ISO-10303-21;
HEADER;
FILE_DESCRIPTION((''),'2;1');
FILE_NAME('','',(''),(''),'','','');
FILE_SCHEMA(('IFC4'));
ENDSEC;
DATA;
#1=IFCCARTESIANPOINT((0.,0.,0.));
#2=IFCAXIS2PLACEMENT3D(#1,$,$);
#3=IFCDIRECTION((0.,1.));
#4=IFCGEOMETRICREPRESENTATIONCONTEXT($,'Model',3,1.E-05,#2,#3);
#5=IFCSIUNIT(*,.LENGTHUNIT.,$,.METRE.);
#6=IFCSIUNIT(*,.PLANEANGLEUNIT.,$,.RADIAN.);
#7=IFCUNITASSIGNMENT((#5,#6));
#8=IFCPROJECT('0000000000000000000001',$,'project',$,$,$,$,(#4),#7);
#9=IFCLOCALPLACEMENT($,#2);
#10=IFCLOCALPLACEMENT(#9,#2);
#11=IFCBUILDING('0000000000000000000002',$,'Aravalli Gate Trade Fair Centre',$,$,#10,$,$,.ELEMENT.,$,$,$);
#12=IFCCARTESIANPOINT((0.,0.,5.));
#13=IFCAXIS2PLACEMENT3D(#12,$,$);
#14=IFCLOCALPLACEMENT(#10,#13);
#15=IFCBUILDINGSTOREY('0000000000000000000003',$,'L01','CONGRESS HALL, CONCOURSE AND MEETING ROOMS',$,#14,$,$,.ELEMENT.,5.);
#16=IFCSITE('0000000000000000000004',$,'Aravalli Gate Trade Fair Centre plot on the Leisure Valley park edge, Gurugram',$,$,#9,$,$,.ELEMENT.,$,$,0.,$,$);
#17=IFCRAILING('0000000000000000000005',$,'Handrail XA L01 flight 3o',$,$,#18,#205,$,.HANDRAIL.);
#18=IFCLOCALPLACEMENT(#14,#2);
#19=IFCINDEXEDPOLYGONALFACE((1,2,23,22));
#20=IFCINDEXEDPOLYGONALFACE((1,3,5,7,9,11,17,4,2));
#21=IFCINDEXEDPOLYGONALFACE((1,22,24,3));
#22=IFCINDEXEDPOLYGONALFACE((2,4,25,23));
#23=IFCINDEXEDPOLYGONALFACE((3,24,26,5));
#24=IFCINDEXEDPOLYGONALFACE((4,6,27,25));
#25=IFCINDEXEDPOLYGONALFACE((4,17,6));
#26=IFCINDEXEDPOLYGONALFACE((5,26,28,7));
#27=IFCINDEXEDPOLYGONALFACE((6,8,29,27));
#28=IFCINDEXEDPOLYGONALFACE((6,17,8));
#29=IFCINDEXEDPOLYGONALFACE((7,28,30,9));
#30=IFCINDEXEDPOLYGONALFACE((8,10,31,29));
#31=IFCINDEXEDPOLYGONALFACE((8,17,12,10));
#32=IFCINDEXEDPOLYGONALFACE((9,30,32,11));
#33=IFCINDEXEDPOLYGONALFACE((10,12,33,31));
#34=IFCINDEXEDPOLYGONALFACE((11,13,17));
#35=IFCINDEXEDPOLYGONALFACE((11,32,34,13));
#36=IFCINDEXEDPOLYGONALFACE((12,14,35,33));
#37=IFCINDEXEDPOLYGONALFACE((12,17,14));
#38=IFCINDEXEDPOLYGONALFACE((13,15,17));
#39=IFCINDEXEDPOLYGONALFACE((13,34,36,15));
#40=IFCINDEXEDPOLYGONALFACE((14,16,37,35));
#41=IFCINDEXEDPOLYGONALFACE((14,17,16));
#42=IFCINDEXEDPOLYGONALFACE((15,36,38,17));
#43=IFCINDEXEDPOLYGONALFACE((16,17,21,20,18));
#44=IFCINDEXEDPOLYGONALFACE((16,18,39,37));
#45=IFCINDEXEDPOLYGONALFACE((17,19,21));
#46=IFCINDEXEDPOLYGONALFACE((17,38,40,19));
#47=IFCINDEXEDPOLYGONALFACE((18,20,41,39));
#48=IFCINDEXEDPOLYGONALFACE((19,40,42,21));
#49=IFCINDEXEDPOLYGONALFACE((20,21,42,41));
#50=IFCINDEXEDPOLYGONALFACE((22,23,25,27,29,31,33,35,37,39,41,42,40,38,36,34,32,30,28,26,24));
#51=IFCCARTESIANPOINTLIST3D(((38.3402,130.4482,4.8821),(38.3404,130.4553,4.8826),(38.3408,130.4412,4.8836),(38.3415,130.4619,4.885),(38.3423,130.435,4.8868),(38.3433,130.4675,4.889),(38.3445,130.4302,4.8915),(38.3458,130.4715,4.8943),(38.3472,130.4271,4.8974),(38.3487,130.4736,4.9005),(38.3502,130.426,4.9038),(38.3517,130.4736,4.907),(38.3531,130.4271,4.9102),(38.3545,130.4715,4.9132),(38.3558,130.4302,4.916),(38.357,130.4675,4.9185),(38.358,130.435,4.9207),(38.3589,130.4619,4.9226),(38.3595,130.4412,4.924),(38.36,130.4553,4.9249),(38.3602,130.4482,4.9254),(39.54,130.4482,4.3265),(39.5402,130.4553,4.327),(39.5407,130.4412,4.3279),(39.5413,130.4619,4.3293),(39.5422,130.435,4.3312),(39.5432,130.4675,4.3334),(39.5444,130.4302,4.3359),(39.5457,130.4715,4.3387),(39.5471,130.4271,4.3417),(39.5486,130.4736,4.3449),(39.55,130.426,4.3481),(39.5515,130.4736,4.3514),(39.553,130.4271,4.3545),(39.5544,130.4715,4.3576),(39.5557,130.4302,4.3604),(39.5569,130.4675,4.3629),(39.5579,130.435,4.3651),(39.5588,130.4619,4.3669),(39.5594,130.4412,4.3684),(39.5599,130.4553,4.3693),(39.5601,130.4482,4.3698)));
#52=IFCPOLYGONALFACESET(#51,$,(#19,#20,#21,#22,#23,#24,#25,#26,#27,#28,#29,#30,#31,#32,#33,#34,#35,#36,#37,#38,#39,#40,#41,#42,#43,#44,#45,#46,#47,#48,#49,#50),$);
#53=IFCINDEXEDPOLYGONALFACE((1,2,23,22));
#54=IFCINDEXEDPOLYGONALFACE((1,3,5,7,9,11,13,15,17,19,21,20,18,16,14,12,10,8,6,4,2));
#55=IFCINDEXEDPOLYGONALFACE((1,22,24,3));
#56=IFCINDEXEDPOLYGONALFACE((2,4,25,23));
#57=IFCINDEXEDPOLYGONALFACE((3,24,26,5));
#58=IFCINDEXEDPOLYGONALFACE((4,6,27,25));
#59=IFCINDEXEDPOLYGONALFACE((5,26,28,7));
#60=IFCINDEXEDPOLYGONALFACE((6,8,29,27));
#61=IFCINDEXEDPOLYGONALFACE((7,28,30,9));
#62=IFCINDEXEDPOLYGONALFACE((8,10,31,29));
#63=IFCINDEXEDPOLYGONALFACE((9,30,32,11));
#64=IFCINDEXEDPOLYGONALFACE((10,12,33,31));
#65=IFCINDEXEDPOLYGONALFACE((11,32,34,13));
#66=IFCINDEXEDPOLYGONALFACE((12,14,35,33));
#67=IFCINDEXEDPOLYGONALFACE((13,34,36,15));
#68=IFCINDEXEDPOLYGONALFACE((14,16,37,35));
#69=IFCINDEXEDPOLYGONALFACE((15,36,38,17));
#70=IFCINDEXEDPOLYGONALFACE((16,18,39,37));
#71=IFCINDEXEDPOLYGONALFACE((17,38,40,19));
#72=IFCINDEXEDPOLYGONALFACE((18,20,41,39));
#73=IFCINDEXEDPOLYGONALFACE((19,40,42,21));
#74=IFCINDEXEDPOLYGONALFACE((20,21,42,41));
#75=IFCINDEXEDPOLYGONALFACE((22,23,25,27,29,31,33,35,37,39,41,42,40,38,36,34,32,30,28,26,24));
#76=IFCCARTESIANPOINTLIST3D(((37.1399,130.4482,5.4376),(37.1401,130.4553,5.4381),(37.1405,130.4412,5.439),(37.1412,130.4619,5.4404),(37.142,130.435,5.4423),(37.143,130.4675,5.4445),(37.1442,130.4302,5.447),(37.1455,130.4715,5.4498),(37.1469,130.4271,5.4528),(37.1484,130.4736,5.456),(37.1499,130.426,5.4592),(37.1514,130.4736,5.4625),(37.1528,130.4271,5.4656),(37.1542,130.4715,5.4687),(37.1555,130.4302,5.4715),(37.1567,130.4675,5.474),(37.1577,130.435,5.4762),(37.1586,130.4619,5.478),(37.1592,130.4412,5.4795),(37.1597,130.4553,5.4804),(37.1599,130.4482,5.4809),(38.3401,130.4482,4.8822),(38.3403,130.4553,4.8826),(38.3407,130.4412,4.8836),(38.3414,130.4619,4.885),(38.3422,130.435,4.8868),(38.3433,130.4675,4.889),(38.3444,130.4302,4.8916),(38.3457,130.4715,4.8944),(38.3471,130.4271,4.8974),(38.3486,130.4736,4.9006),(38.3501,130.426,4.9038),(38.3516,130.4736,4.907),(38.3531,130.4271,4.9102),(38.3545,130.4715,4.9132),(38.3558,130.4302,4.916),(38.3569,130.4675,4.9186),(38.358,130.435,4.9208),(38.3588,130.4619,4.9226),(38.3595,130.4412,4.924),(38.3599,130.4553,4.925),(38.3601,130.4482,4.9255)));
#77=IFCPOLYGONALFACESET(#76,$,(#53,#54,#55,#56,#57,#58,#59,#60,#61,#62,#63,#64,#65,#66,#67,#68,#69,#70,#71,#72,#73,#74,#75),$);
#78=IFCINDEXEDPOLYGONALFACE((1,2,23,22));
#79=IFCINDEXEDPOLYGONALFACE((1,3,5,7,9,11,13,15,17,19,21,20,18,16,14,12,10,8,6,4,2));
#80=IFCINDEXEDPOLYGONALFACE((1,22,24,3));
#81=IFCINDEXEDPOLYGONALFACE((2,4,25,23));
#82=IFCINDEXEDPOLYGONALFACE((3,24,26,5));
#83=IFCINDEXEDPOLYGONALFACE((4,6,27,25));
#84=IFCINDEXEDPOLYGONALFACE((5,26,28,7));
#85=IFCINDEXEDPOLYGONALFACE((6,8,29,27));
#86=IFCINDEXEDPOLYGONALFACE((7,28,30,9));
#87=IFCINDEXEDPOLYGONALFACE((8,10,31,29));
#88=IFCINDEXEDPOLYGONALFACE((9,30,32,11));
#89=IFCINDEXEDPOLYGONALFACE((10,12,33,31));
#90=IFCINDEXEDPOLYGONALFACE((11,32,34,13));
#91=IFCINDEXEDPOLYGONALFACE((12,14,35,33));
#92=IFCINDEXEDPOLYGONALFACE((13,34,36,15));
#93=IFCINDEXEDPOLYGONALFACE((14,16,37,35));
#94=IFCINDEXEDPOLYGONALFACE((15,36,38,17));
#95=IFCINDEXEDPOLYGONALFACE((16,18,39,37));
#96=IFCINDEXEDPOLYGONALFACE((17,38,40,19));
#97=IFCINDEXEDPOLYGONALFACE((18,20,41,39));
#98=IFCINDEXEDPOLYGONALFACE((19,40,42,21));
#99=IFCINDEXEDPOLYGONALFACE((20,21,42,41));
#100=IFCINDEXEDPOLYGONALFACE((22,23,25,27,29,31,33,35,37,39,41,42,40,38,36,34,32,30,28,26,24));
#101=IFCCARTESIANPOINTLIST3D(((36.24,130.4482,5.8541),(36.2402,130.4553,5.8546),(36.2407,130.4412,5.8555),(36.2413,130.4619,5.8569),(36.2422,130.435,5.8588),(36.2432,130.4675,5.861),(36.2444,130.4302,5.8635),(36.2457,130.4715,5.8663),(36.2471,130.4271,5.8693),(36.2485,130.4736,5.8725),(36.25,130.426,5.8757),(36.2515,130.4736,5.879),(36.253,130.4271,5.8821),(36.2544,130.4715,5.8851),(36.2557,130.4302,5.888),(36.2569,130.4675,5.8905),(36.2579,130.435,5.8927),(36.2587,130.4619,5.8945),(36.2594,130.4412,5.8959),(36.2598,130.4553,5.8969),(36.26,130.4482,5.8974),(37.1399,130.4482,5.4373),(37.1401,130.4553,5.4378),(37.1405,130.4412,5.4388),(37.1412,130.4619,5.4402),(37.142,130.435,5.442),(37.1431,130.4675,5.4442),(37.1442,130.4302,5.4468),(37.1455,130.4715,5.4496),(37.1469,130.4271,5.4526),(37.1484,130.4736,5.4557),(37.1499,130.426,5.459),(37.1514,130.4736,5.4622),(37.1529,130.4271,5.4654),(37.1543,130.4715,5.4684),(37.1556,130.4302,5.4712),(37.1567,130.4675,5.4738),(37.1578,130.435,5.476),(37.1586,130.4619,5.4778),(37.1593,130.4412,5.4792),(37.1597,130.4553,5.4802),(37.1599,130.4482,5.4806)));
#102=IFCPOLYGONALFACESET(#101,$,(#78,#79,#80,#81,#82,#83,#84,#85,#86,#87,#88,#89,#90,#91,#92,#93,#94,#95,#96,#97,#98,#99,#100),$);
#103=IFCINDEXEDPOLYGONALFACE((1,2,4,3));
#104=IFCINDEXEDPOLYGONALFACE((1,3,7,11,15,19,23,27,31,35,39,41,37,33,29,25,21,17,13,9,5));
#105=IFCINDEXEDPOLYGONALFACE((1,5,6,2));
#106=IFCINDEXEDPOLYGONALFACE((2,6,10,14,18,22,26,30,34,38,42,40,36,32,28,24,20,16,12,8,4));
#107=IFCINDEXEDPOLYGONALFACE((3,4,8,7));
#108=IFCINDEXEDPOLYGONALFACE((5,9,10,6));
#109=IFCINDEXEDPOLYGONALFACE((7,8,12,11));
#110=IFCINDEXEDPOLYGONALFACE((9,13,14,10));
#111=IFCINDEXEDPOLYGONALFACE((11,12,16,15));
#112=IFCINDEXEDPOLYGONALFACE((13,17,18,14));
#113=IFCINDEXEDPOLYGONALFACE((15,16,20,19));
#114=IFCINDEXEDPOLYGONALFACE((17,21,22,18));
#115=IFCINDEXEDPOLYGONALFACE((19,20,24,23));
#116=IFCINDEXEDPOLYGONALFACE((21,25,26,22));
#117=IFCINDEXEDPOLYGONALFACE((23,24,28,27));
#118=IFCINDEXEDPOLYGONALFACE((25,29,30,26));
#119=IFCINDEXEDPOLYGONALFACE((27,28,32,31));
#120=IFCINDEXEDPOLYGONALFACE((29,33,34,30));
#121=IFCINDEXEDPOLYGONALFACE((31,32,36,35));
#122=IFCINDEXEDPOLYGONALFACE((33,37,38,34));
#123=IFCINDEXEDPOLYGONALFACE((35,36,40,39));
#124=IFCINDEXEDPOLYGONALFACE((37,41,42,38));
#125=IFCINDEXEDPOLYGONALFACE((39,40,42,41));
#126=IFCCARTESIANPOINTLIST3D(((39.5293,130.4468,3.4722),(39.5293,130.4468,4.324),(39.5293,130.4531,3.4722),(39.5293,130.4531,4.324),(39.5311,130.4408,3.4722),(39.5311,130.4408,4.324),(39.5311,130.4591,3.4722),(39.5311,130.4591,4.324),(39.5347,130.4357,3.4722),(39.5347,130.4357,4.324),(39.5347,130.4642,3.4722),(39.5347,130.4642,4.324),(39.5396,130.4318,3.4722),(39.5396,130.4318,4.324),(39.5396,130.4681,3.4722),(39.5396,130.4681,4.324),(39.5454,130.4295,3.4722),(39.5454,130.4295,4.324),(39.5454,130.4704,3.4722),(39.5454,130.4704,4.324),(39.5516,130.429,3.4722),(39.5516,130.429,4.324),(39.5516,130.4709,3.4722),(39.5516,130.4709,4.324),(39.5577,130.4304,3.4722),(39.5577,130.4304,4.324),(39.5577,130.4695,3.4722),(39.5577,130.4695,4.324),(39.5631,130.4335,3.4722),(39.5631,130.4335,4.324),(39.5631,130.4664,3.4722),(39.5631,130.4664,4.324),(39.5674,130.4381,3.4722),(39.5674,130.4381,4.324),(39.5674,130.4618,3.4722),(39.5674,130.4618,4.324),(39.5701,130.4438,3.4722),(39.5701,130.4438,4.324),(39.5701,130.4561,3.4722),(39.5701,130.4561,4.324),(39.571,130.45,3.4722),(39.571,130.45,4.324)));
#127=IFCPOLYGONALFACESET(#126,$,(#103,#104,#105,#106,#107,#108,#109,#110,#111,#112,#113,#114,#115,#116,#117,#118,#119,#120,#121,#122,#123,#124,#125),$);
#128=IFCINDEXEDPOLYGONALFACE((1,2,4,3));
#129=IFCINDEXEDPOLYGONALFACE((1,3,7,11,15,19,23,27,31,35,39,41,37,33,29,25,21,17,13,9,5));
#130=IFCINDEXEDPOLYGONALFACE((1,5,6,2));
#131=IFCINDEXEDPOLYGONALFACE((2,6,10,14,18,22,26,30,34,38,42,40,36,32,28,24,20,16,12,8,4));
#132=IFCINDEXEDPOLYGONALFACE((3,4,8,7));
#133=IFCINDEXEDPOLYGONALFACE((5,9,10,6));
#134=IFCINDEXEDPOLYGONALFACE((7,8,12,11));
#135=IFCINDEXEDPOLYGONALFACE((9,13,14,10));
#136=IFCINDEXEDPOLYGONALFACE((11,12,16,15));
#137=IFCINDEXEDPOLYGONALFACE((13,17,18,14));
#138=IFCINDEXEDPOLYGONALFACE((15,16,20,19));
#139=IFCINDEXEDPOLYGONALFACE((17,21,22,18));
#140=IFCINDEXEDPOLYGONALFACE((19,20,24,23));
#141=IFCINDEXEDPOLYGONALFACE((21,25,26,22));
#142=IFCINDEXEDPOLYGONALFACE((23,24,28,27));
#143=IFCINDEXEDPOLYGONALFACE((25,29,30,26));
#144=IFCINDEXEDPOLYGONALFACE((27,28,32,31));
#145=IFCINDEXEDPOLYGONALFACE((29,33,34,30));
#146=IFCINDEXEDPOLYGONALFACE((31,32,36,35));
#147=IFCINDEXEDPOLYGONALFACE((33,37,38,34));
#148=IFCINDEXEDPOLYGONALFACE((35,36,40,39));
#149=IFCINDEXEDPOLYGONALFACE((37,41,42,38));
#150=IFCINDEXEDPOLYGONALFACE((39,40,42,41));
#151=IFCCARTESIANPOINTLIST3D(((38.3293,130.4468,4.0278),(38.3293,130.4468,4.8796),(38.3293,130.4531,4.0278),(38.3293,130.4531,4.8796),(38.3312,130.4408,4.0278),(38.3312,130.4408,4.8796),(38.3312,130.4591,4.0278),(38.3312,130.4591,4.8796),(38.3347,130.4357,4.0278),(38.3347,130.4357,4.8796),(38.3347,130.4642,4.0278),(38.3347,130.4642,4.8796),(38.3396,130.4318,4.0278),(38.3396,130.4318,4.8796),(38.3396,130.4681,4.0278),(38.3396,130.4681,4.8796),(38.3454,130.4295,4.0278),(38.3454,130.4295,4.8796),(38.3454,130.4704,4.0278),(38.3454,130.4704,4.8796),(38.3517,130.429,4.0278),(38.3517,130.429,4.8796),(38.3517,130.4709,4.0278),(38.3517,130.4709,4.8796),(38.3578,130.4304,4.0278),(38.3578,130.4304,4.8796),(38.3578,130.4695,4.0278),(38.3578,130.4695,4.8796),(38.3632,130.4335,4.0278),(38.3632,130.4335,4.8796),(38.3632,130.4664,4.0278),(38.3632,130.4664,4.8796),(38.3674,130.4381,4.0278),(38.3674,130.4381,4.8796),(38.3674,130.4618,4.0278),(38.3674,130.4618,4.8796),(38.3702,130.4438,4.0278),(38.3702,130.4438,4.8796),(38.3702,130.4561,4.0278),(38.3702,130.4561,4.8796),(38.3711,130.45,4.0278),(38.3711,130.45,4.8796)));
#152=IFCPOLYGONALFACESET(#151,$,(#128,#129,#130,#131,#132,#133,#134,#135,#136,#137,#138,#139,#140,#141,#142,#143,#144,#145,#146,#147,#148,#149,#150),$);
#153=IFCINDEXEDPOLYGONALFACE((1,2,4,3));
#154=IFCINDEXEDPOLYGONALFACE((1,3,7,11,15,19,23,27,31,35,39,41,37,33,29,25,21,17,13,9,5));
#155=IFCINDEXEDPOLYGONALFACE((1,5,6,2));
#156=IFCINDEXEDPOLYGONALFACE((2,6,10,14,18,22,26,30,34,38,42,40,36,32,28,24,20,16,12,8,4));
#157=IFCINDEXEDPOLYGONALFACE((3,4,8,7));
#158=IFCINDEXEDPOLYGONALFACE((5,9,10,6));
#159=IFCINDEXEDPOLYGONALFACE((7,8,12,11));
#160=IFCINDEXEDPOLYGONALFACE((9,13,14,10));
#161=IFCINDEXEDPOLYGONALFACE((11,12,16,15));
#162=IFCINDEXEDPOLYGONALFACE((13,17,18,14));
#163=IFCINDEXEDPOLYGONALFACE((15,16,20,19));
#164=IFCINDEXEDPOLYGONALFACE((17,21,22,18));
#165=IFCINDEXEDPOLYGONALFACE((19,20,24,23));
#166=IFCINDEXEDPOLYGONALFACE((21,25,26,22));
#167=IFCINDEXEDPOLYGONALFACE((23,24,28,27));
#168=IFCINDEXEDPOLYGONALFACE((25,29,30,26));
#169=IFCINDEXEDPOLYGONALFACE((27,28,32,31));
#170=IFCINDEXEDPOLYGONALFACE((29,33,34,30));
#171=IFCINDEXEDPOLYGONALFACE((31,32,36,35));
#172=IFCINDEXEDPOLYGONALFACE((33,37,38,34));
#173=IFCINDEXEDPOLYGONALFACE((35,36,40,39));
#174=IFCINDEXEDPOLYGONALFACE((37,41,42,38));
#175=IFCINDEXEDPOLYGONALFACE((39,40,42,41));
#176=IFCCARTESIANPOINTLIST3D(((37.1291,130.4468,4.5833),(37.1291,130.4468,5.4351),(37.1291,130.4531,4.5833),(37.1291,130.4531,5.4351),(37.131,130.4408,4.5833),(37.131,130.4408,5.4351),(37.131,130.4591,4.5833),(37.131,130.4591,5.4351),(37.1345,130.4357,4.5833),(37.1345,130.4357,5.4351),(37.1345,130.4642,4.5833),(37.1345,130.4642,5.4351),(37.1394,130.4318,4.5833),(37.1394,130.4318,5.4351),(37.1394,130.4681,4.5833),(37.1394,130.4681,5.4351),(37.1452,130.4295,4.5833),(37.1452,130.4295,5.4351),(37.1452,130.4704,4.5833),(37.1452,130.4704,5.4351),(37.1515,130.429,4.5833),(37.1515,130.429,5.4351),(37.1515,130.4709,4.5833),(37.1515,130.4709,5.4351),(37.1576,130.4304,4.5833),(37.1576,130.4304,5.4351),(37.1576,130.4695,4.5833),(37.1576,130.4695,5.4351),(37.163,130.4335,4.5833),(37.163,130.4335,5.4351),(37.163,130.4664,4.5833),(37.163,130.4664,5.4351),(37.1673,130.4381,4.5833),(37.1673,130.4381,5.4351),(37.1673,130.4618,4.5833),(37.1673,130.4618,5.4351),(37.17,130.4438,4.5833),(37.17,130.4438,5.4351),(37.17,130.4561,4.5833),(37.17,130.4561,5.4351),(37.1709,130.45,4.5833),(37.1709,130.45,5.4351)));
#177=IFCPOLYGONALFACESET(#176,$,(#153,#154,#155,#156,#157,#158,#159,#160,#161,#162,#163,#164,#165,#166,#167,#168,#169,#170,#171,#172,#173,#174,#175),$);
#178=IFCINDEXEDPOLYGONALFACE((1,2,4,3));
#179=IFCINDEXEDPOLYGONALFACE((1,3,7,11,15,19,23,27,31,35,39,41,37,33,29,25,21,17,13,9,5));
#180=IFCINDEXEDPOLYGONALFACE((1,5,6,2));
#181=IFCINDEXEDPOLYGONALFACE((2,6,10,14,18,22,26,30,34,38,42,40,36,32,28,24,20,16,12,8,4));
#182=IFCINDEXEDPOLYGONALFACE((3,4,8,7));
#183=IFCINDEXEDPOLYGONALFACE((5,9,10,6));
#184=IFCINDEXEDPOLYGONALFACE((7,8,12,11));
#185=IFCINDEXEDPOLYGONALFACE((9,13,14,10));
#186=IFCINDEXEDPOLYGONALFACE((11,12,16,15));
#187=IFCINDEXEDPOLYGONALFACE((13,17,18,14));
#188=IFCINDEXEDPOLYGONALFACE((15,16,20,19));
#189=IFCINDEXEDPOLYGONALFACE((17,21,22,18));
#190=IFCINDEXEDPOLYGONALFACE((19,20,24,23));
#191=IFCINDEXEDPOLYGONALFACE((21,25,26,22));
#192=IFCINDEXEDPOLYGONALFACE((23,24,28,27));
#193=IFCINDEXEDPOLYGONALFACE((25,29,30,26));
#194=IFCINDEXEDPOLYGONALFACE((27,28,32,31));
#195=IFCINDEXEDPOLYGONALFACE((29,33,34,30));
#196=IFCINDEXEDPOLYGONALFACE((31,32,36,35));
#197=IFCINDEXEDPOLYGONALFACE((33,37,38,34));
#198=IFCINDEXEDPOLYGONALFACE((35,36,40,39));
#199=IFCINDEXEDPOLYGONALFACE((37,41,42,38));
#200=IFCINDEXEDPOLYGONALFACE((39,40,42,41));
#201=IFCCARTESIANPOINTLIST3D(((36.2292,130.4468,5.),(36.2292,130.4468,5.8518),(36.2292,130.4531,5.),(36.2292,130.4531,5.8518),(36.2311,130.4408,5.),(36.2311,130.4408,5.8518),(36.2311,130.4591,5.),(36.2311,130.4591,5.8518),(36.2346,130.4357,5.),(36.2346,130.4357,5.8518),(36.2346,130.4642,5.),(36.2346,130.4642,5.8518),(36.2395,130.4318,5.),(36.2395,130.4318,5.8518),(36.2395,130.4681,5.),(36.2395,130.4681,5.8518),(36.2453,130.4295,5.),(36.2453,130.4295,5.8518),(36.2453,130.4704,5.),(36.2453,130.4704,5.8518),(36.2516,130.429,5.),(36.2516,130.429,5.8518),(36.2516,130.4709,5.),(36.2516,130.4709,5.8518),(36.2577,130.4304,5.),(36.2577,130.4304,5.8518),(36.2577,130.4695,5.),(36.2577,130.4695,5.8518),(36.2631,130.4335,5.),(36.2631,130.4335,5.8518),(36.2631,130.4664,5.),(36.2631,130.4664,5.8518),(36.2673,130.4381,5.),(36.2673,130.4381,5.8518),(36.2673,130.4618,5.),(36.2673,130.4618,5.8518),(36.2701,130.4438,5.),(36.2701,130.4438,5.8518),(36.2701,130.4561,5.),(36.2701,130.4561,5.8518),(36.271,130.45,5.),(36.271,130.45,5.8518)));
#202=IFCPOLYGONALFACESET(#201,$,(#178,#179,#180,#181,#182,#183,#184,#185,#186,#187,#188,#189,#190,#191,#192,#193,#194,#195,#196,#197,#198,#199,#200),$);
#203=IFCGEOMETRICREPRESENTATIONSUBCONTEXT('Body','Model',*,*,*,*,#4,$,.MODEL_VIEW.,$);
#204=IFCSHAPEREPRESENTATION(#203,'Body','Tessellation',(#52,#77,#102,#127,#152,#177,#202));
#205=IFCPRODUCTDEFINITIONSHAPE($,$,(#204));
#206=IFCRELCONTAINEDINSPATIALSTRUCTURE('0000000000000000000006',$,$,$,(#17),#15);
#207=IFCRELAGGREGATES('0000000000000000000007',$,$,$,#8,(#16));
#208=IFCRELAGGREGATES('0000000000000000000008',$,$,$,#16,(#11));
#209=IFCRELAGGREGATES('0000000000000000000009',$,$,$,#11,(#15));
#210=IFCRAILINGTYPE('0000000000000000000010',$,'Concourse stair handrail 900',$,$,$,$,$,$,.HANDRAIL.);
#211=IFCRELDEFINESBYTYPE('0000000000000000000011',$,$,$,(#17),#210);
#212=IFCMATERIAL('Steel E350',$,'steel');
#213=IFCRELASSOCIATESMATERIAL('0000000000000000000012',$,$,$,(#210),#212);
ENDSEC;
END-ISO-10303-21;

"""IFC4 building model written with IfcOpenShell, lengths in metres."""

from ifc_helpers import new_model, si_unit, direction, frame, origin, origin_2d, place, context, subcontext, project, spatial, circle, extrude, material, type_object, element, save


model = new_model("IFC4")

# Units and contexts
model_context = context("Model", 3, precision=1e-05, world=origin(), true_north=direction((0.0, 1.0)))
body_context = subcontext(model_context, "Body", "Model", "MODEL_VIEW")
ifc_project = project(units=[si_unit("LENGTHUNIT", "METRE"), si_unit("PLANEANGLEUNIT", "RADIAN")], contexts=[model_context])

# Site, building, storey
site_placement = place(None, origin())
site = spatial("IfcSite", under=ifc_project, at=site_placement, Name="Aravalli Gate Trade Fair Centre plot on the Leisure Valley park edge, Gurugram", CompositionType="ELEMENT", RefElevation=0.0)
building_placement = place(site_placement, origin())
building = spatial("IfcBuilding", under=site, at=building_placement, Name="Aravalli Gate Trade Fair Centre", CompositionType="ELEMENT")
storey_placement = place(building_placement, frame((0.0, 0.0, 5.0)))
storey = spatial("IfcBuildingStorey", under=building, at=storey_placement, Name="L01", Description="CONGRESS HALL, CONCOURSE AND MEETING ROOMS", CompositionType="ELEMENT", Elevation=5.0)

# Shared definitions
ifc_material_1 = material(Name="Steel E350", Category="steel")

# Railing
railing_type_1 = type_object("IfcRailingType", Name="Concourse stair handrail 900", PredefinedType="HANDRAIL", material=ifc_material_1)
for number, where, name in (
    (1, (39.55, 130.45, 3.4722), "Handrail XA L01 flight 3o"),
):
    element("IfcRailing", number, at=place(storey_placement, frame(where)), inside=storey, type_object=railing_type_1, Name=name, PredefinedType="HANDRAIL", context=body_context, shape_type="SweptSolid", body=[
        extrude(circle(Radius=0.0239, at=origin_2d()), frame((0.0, 0.0, 0.876), z_axis=(-0.907429, 0.0, 0.420205), x_axis=(0.0, -1.0, 0.0)), (0.0, 0.0, 1.0), 1.3223),
        extrude(circle(Radius=0.0239, at=origin_2d()), frame((-1.2, 0.0, 1.4316), z_axis=(-0.907532, 0.0, 0.419983), x_axis=(0.0, -1.0, 0.0)), (0.0, 0.0, 1.0), 1.3225),
        extrude(circle(Radius=0.0239, at=origin_2d()), frame((-2.4001, 0.0, 1.9868), z_axis=(-0.907418, 0.0, 0.420229), x_axis=(0.0, -1.0, 0.0)), (0.0, 0.0, 1.0), 0.9917),
        extrude(circle(Radius=0.021, at=origin_2d()), origin(), (0.0, 0.0, 1.0), 0.8518),
        extrude(circle(Radius=0.021, at=origin_2d()), frame((-1.2, 0.0, 0.5557)), (0.0, 0.0, 1.0), 0.8518),
        extrude(circle(Radius=0.021, at=origin_2d()), frame((-2.4001, 0.0, 1.1111)), (0.0, 0.0, 1.0), 0.8518),
        extrude(circle(Radius=0.021, at=origin_2d()), frame((-3.3, 0.0, 1.5278)), (0.0, 0.0, 1.0), 0.8518),
    ])

save(model, "model.ifc")
